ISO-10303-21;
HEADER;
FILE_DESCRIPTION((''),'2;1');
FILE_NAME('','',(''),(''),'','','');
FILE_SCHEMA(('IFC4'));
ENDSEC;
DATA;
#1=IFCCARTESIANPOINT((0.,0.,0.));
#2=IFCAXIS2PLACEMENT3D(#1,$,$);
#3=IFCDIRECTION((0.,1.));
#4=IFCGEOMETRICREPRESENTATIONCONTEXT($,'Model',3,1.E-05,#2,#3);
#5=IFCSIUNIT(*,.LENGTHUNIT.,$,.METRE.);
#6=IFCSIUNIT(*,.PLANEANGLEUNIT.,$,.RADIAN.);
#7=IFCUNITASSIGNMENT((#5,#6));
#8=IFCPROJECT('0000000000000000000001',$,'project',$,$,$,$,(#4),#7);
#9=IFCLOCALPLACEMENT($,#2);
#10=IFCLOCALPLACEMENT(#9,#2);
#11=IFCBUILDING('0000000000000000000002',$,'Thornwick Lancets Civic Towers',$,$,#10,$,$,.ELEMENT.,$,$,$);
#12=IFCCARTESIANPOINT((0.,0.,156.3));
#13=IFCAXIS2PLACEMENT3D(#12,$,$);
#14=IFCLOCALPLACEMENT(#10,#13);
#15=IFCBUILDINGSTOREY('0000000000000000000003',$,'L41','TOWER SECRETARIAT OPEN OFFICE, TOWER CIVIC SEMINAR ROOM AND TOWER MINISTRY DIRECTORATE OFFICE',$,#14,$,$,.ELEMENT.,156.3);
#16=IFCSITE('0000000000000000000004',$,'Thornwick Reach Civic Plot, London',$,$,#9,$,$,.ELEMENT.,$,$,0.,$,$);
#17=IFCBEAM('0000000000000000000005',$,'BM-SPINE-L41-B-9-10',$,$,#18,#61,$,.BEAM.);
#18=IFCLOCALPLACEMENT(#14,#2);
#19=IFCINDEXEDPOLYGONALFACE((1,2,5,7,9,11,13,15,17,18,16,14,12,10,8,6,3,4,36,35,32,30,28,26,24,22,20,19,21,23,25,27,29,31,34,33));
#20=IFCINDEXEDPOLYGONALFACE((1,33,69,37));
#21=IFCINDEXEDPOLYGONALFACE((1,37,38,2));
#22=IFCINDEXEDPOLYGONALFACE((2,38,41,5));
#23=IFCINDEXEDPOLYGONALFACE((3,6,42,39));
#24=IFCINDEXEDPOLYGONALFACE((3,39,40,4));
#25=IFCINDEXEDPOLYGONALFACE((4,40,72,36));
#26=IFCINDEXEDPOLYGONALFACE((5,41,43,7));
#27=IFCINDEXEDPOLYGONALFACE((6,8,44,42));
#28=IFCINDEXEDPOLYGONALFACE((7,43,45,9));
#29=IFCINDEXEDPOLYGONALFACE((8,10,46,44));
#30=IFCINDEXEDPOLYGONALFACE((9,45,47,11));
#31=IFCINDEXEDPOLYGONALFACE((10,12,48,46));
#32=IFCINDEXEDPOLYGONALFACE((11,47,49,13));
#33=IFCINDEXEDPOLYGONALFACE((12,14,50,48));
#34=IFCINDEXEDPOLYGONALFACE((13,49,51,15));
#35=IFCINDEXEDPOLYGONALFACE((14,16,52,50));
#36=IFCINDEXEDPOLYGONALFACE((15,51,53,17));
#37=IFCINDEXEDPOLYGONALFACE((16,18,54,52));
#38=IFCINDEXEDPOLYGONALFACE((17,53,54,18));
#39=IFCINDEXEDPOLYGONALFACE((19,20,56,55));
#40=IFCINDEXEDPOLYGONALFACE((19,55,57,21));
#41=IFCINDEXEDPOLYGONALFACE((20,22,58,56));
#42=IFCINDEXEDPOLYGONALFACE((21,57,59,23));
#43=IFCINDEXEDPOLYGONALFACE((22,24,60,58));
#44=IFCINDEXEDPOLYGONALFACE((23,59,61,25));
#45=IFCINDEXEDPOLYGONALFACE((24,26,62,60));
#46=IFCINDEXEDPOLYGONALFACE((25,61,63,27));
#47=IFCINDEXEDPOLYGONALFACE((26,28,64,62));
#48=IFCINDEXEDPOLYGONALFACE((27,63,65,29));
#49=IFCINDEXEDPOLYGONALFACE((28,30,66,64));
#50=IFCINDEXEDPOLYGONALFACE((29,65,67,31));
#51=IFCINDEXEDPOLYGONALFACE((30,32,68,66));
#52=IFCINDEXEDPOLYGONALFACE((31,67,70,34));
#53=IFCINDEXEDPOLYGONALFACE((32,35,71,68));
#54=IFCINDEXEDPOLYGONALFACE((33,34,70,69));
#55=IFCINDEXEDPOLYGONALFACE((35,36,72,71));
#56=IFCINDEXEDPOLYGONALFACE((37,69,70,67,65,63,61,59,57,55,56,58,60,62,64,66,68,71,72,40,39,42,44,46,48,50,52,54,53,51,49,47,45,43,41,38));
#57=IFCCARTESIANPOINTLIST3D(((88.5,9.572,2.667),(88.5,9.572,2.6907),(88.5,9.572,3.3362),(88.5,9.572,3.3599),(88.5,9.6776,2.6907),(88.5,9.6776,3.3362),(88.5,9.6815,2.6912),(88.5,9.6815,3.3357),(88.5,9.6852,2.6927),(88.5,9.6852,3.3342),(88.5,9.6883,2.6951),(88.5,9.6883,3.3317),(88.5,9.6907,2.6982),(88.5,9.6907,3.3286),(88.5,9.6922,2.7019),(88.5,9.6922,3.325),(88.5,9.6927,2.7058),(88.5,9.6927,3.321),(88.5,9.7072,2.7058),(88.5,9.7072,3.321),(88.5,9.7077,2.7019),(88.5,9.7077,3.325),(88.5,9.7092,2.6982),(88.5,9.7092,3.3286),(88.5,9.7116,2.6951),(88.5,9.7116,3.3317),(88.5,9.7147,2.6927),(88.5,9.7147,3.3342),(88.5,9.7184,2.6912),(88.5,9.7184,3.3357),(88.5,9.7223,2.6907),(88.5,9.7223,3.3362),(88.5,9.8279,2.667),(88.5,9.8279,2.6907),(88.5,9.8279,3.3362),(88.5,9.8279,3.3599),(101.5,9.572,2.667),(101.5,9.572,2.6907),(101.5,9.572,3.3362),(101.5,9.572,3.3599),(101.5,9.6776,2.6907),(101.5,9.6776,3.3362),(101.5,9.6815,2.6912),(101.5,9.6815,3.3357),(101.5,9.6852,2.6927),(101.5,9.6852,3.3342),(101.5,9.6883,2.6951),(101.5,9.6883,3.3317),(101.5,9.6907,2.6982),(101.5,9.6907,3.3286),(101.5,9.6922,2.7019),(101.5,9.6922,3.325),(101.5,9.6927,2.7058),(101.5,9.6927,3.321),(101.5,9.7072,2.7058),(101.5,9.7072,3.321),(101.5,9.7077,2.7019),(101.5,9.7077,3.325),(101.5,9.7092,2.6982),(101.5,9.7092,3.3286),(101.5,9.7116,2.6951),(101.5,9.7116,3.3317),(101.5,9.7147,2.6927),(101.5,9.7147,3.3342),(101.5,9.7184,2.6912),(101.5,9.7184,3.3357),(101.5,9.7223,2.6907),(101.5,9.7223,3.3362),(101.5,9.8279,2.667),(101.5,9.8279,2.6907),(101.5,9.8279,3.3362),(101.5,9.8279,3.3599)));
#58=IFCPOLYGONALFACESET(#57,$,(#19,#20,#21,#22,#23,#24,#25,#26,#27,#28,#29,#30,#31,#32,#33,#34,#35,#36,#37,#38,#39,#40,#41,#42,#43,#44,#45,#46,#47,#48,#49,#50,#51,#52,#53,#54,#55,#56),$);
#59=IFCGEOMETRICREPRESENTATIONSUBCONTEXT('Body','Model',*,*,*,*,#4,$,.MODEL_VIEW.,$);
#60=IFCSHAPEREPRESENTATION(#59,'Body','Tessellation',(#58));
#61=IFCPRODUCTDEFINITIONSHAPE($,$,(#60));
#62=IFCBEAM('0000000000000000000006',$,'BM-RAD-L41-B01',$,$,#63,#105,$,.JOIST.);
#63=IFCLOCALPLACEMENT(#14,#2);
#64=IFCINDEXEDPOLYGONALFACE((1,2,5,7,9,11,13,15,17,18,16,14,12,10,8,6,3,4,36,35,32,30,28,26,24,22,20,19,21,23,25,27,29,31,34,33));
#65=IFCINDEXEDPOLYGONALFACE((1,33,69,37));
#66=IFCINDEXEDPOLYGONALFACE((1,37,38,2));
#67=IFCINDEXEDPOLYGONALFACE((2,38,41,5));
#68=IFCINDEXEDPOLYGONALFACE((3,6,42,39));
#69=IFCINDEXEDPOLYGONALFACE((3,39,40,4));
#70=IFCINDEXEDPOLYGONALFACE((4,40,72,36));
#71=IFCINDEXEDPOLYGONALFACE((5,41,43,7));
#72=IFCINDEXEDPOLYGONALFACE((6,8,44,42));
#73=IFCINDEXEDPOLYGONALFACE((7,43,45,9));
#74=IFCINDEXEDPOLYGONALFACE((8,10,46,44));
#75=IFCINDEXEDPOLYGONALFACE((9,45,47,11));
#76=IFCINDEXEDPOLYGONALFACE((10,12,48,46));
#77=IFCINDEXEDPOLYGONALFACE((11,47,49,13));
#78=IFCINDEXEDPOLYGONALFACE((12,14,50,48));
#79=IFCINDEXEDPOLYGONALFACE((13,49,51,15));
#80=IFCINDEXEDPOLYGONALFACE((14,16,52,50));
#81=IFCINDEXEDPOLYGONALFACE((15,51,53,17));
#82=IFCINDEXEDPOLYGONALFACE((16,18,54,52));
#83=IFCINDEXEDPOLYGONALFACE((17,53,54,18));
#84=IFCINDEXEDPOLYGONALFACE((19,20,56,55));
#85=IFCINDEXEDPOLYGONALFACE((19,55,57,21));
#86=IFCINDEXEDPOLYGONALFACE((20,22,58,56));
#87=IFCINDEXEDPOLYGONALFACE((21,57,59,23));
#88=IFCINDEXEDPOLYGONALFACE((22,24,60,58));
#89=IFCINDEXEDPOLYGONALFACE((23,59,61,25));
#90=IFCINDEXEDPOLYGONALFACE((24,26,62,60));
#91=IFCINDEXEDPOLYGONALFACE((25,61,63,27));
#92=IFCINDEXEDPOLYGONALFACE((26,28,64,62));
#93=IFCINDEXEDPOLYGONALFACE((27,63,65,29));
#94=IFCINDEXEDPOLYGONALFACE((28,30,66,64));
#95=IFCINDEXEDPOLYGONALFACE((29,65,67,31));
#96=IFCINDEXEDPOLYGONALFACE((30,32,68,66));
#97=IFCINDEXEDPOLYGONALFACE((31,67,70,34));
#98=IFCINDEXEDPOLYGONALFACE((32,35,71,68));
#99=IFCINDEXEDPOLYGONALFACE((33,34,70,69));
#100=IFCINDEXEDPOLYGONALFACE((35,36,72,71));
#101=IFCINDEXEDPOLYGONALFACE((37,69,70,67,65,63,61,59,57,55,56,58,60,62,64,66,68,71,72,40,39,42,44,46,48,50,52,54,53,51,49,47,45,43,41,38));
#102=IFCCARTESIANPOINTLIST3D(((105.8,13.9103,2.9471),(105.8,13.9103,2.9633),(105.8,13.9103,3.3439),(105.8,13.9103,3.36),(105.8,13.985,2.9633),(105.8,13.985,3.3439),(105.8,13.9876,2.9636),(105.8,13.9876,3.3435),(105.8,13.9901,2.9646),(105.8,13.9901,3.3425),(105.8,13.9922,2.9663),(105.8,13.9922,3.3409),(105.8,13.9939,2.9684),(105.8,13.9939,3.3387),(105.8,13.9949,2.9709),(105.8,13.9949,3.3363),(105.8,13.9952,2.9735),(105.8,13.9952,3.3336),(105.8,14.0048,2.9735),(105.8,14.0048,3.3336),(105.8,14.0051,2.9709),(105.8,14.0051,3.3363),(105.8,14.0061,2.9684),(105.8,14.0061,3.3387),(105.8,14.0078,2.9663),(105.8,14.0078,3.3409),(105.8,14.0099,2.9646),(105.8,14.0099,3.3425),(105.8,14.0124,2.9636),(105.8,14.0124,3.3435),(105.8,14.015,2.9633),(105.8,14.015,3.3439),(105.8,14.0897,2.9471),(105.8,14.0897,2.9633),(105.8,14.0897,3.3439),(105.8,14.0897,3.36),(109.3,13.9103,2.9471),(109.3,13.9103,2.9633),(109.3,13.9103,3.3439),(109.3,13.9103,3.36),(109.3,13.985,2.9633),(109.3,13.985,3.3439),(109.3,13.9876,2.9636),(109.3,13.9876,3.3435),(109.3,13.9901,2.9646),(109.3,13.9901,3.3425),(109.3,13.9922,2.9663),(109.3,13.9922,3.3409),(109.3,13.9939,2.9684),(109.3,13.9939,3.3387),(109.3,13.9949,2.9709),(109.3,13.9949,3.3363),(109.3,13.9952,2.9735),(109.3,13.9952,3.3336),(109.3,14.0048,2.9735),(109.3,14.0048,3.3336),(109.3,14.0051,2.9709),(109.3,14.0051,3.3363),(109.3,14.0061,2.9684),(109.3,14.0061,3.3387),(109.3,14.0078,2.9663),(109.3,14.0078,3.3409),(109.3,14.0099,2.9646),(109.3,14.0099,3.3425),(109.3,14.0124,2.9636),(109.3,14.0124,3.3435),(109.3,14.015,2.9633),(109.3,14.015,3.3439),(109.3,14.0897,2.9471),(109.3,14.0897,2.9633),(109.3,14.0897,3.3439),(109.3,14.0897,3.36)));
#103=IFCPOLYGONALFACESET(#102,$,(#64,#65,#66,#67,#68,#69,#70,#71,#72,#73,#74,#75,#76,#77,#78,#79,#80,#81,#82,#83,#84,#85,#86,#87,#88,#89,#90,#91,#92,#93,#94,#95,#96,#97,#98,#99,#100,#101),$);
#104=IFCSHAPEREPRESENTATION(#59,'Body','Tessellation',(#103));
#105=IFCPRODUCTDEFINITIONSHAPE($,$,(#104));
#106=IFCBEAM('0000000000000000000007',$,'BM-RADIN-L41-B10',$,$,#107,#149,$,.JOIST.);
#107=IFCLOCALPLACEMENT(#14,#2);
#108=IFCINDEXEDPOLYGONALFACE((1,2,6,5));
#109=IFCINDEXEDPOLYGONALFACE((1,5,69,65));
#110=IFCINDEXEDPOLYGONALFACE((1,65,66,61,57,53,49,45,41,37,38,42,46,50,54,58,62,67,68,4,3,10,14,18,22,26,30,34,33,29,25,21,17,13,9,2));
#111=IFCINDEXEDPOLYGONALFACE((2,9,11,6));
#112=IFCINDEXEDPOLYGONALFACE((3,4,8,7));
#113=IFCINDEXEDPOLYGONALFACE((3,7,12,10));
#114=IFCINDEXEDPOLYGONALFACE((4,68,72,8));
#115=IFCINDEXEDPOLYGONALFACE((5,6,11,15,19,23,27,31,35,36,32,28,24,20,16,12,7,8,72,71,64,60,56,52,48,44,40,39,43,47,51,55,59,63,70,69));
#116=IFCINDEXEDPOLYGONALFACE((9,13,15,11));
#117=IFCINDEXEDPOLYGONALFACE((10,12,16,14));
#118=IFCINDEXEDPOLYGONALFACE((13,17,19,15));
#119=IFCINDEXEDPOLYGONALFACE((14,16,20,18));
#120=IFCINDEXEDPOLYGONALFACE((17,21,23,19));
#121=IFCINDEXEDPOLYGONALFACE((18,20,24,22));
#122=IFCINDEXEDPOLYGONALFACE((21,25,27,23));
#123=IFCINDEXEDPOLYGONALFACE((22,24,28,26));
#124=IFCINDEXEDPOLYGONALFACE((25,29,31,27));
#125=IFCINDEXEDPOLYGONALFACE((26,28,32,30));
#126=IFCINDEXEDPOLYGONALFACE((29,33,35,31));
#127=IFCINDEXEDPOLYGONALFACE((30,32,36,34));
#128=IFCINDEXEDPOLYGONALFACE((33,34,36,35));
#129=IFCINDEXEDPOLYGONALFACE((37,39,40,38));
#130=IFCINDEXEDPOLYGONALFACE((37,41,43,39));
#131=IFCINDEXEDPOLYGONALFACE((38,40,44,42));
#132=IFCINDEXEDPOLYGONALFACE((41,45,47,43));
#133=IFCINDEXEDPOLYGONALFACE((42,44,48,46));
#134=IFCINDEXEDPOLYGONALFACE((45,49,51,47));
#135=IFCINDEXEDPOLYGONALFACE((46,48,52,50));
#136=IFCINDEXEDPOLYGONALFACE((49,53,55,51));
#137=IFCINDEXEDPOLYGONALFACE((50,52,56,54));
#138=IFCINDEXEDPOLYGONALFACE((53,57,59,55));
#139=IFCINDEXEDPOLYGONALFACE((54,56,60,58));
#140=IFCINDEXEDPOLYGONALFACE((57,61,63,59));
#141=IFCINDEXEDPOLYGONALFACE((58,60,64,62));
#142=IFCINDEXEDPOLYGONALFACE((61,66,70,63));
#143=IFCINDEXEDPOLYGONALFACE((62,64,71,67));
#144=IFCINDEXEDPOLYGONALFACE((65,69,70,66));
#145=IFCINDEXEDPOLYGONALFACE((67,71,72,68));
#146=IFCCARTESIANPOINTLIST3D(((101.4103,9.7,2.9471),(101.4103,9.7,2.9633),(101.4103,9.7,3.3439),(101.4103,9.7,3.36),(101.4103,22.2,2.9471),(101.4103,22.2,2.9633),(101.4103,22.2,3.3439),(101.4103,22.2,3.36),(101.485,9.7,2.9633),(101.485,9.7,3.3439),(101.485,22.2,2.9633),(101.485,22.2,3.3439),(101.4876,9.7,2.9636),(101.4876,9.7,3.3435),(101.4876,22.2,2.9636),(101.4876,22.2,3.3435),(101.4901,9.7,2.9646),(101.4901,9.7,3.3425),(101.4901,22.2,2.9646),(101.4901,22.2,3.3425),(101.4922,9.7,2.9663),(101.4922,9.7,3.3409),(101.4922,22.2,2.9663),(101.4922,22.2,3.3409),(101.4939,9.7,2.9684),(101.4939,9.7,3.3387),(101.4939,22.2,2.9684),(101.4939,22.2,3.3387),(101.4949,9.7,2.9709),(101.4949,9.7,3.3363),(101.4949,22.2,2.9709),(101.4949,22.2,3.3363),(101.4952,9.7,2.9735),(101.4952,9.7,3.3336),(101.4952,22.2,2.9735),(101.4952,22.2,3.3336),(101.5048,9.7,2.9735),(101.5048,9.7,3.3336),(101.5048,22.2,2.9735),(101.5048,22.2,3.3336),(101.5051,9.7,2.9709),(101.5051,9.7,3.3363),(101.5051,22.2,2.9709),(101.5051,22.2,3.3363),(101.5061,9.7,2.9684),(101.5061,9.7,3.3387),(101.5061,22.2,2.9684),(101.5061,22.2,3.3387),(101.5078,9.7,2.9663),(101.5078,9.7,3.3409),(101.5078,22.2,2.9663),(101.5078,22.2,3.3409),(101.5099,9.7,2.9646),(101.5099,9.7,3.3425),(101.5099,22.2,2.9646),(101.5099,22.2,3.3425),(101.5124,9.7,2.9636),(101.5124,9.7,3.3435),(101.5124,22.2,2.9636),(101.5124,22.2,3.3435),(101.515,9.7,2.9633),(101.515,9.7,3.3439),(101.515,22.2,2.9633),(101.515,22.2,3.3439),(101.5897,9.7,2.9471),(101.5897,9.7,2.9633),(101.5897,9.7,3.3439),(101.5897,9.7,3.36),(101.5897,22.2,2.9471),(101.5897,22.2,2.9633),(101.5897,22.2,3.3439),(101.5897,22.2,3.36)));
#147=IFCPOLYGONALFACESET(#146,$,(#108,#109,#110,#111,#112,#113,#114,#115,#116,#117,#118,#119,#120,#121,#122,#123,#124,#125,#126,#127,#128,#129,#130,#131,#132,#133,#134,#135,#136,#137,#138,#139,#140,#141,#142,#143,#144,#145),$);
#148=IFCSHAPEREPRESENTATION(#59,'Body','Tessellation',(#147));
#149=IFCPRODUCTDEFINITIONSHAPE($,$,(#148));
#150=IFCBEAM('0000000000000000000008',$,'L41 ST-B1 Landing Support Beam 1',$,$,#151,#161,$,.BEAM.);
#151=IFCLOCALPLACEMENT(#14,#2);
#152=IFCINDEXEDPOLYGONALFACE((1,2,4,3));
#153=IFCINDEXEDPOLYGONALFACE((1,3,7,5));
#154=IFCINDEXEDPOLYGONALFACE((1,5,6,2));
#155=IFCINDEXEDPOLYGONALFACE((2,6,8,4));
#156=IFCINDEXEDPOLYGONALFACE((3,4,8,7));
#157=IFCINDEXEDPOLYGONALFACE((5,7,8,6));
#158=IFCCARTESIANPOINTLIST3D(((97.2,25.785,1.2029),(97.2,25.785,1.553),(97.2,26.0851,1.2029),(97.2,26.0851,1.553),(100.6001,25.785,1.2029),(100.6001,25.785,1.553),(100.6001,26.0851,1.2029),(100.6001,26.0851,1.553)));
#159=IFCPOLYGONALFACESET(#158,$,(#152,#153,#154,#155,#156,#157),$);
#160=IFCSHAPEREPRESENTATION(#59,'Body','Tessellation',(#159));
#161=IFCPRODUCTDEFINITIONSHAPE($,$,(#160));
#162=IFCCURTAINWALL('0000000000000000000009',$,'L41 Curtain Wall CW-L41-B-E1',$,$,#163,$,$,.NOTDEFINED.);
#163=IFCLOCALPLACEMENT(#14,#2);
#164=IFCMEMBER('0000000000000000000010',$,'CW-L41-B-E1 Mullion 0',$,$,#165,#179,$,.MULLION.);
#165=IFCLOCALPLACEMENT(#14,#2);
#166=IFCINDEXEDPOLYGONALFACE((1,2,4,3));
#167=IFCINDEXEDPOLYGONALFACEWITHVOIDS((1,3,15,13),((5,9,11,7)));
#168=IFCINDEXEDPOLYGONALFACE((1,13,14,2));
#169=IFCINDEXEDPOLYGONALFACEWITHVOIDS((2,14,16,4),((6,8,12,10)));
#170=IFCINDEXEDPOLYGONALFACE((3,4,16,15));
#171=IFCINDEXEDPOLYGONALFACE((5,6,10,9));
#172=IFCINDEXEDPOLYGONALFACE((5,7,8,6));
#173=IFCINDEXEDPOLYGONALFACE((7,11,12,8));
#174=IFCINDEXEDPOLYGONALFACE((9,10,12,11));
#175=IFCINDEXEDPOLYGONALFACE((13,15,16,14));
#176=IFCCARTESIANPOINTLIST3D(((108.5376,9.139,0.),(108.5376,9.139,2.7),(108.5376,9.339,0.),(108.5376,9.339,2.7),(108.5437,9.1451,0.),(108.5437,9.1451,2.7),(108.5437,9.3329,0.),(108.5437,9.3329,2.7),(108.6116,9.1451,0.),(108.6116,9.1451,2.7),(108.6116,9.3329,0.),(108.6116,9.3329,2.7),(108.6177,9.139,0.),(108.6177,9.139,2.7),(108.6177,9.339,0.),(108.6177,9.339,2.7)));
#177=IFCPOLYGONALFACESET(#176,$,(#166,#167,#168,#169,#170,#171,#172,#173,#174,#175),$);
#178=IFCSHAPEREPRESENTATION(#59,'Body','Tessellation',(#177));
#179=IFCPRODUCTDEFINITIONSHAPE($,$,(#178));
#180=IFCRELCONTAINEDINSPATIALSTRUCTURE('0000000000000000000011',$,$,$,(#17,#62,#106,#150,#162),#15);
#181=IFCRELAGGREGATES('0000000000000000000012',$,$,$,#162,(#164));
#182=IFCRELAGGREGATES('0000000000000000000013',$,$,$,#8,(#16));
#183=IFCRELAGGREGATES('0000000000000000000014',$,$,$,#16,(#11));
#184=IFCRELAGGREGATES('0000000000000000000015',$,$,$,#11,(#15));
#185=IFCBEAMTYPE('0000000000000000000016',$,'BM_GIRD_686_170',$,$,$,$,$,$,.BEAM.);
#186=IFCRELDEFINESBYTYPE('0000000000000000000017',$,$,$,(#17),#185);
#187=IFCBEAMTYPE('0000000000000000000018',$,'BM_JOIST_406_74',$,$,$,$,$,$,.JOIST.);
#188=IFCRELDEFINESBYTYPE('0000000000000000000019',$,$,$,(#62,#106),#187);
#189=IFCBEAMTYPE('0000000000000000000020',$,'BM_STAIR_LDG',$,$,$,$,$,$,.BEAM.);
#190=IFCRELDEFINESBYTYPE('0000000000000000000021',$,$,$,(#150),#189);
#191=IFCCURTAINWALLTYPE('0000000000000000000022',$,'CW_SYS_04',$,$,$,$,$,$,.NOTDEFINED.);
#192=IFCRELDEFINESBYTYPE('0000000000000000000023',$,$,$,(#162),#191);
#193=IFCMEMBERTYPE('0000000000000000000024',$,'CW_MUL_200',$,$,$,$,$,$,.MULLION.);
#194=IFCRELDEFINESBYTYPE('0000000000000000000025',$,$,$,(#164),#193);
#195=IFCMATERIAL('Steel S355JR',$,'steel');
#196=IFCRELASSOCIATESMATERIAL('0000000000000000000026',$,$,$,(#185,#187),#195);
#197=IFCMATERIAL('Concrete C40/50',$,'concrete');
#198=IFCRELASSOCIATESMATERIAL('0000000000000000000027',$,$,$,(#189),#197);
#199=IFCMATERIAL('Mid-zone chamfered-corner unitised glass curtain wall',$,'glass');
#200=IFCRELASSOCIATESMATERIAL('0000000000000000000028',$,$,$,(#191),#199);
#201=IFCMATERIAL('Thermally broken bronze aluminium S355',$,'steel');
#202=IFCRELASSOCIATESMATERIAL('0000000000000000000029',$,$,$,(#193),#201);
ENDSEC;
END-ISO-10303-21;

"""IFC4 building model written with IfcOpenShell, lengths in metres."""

from ifc_helpers import new_model, si_unit, direction, frame, origin, origin_2d, place, context, subcontext, project, spatial, rectangle, hollow_rectangle, i_section, extrude, material, material_profile, profile_set, type_object, element, aggregate, save


model = new_model("IFC4")

# Units and contexts
model_context = context("Model", 3, precision=1e-05, world=origin(), true_north=direction((0.0, 1.0)))
body_context = subcontext(model_context, "Body", "Model", "MODEL_VIEW")
ifc_project = project(units=[si_unit("LENGTHUNIT", "METRE"), si_unit("PLANEANGLEUNIT", "RADIAN")], contexts=[model_context])

# Site, building, storey
site_placement = place(None, origin())
site = spatial("IfcSite", under=ifc_project, at=site_placement, Name="Thornwick Reach Civic Plot, London", CompositionType="ELEMENT", RefElevation=0.0)
building_placement = place(site_placement, origin())
building = spatial("IfcBuilding", under=site, at=building_placement, Name="Thornwick Lancets Civic Towers", CompositionType="ELEMENT")
storey_placement = place(building_placement, frame((0.0, 0.0, 156.3)))
storey = spatial("IfcBuildingStorey", under=building, at=storey_placement, Name="L41", Description="TOWER SECRETARIAT OPEN OFFICE, TOWER CIVIC SEMINAR ROOM AND TOWER MINISTRY DIRECTORATE OFFICE", CompositionType="ELEMENT", Elevation=156.3)

# Beams
ifc_material_1 = material(Name="Steel S355JR", Category="steel")
ifc_material_profile_1 = material_profile(ifc_material_1, i_section(OverallWidth=0.2559, OverallDepth=0.6929, WebThickness=0.0144, FlangeThickness=0.0237, FilletRadius=0.0151, at=origin_2d()), Name="UKB 686x254x170")
ifc_profile_set_1 = profile_set([ifc_material_profile_1], Name="Steel S355JR")
beam_type_1 = type_object("IfcBeamType", Name="BM_GIRD_686_170", PredefinedType="BEAM", material=ifc_profile_set_1)
for number, where, z_axis, x_axis, name in (
    (1, (101.5, 9.7, 3.0134), (-1.0, 0.0, 0.0), (0.0, -1.0, 0.0), "BM-SPINE-L41-B-9-10"),
):
    element("IfcBeam", number, at=place(storey_placement, frame(where, z_axis=z_axis, x_axis=x_axis)), inside=storey, type_object=beam_type_1, Name=name, PredefinedType="BEAM", context=body_context, shape_type="SweptSolid", body=[
        extrude(i_section(OverallWidth=0.2559, OverallDepth=0.6929, WebThickness=0.0144, FlangeThickness=0.0237, FilletRadius=0.0151, at=origin_2d()), origin(), (0.0, 0.0, 1.0), 13.0),
    ])
ifc_material_profile_2 = material_profile(ifc_material_1, i_section(OverallWidth=0.1794, OverallDepth=0.4128, WebThickness=0.0095, FlangeThickness=0.0161, FilletRadius=0.0103, at=origin_2d()), Name="UKB 406x178x74")
ifc_profile_set_2 = profile_set([ifc_material_profile_2], Name="Steel S355JR")
beam_type_2 = type_object("IfcBeamType", Name="BM_JOIST_406_74", PredefinedType="JOIST", material=ifc_profile_set_2)
beam_1_placement = place(storey_placement, frame((105.8, 14.0, 3.1536), z_axis=(1.0, 0.0, 0.0), x_axis=(0.0, 1.0, 0.0)))
element("IfcBeam", 2, at=beam_1_placement, inside=storey, type_object=beam_type_2, Name="BM-RAD-L41-B01", PredefinedType="JOIST", context=body_context, shape_type="SweptSolid", body=[
    extrude(i_section(OverallWidth=0.1794, OverallDepth=0.4128, WebThickness=0.0095, FlangeThickness=0.0161, FilletRadius=0.0103, at=origin_2d()), origin(), (0.0, 0.0, 1.0), 3.5),
])
beam_2_placement = place(storey_placement, frame((101.5, 22.2, 3.1536), z_axis=(0.0, -1.0, 0.0), x_axis=(1.0, 0.0, 0.0)))
element("IfcBeam", 3, at=beam_2_placement, inside=storey, type_object=beam_type_2, Name="BM-RADIN-L41-B10", PredefinedType="JOIST", context=body_context, shape_type="SweptSolid", body=[
    extrude(i_section(OverallWidth=0.1794, OverallDepth=0.4128, WebThickness=0.0095, FlangeThickness=0.0161, FilletRadius=0.0103, at=origin_2d()), origin(), (0.0, 0.0, 1.0), 12.5),
])
ifc_material_2 = material(Name="Concrete C40/50", Category="concrete")
ifc_material_profile_3 = material_profile(ifc_material_2, rectangle(XDim=0.3, YDim=0.3501, at=origin_2d()), Name="RC 300x350")
ifc_profile_set_3 = profile_set([ifc_material_profile_3], Name="Concrete C40/50")
beam_type_3 = type_object("IfcBeamType", Name="BM_STAIR_LDG", PredefinedType="BEAM", material=ifc_profile_set_3)
beam_3_placement = place(storey_placement, frame((100.6001, 25.9351, 1.3779), z_axis=(-1.0, 0.0, 0.0), x_axis=(0.0, -1.0, 0.0)))
element("IfcBeam", 4, at=beam_3_placement, inside=storey, type_object=beam_type_3, Name="L41 ST-B1 Landing Support Beam 1", PredefinedType="BEAM", context=body_context, shape_type="SweptSolid", body=[
    extrude(rectangle(XDim=0.3, YDim=0.3501, at=origin_2d()), origin(), (0.0, 0.0, 1.0), 3.4001),
])

# Curtain wall, member
ifc_material_3 = material(Name="Mid-zone chamfered-corner unitised glass curtain wall", Category="glass")
curtain_wall_type = type_object("IfcCurtainWallType", Name="CW_SYS_04", PredefinedType="NOTDEFINED", material=ifc_material_3)
curtain_wall_placement = place(storey_placement, origin())
curtain_wall = element("IfcCurtainWall", 5, at=curtain_wall_placement, inside=storey, type_object=curtain_wall_type, Name="L41 Curtain Wall CW-L41-B-E1", PredefinedType="NOTDEFINED")
ifc_material_4 = material(Name="Thermally broken bronze aluminium S355", Category="steel")
ifc_material_profile_4 = material_profile(ifc_material_4, hollow_rectangle(XDim=0.0801, YDim=0.2, WallThickness=0.0061, at=origin_2d()), Name="RHS 200x80x6")
ifc_profile_set_4 = profile_set([ifc_material_profile_4], Name="Thermally broken bronze aluminium S355")
member_type_1 = type_object("IfcMemberType", Name="CW_MUL_200", PredefinedType="MULLION", material=ifc_profile_set_4)
member_1_placement = place(storey_placement, frame((108.5776, 9.239, 0.0), z_axis=(0.0, 0.0, 1.0), x_axis=(1.0, 0.0, 0.0)))
member_1 = element("IfcMember", 6, at=member_1_placement, type_object=member_type_1, Name="CW-L41-B-E1 Mullion 0", PredefinedType="MULLION", context=body_context, shape_type="SweptSolid", body=[
    extrude(hollow_rectangle(XDim=0.0801, YDim=0.2, WallThickness=0.0061, at=origin_2d()), origin(), (0.0, 0.0, 1.0), 2.7),
])
aggregate(curtain_wall, [member_1])

save(model, "model.ifc")
